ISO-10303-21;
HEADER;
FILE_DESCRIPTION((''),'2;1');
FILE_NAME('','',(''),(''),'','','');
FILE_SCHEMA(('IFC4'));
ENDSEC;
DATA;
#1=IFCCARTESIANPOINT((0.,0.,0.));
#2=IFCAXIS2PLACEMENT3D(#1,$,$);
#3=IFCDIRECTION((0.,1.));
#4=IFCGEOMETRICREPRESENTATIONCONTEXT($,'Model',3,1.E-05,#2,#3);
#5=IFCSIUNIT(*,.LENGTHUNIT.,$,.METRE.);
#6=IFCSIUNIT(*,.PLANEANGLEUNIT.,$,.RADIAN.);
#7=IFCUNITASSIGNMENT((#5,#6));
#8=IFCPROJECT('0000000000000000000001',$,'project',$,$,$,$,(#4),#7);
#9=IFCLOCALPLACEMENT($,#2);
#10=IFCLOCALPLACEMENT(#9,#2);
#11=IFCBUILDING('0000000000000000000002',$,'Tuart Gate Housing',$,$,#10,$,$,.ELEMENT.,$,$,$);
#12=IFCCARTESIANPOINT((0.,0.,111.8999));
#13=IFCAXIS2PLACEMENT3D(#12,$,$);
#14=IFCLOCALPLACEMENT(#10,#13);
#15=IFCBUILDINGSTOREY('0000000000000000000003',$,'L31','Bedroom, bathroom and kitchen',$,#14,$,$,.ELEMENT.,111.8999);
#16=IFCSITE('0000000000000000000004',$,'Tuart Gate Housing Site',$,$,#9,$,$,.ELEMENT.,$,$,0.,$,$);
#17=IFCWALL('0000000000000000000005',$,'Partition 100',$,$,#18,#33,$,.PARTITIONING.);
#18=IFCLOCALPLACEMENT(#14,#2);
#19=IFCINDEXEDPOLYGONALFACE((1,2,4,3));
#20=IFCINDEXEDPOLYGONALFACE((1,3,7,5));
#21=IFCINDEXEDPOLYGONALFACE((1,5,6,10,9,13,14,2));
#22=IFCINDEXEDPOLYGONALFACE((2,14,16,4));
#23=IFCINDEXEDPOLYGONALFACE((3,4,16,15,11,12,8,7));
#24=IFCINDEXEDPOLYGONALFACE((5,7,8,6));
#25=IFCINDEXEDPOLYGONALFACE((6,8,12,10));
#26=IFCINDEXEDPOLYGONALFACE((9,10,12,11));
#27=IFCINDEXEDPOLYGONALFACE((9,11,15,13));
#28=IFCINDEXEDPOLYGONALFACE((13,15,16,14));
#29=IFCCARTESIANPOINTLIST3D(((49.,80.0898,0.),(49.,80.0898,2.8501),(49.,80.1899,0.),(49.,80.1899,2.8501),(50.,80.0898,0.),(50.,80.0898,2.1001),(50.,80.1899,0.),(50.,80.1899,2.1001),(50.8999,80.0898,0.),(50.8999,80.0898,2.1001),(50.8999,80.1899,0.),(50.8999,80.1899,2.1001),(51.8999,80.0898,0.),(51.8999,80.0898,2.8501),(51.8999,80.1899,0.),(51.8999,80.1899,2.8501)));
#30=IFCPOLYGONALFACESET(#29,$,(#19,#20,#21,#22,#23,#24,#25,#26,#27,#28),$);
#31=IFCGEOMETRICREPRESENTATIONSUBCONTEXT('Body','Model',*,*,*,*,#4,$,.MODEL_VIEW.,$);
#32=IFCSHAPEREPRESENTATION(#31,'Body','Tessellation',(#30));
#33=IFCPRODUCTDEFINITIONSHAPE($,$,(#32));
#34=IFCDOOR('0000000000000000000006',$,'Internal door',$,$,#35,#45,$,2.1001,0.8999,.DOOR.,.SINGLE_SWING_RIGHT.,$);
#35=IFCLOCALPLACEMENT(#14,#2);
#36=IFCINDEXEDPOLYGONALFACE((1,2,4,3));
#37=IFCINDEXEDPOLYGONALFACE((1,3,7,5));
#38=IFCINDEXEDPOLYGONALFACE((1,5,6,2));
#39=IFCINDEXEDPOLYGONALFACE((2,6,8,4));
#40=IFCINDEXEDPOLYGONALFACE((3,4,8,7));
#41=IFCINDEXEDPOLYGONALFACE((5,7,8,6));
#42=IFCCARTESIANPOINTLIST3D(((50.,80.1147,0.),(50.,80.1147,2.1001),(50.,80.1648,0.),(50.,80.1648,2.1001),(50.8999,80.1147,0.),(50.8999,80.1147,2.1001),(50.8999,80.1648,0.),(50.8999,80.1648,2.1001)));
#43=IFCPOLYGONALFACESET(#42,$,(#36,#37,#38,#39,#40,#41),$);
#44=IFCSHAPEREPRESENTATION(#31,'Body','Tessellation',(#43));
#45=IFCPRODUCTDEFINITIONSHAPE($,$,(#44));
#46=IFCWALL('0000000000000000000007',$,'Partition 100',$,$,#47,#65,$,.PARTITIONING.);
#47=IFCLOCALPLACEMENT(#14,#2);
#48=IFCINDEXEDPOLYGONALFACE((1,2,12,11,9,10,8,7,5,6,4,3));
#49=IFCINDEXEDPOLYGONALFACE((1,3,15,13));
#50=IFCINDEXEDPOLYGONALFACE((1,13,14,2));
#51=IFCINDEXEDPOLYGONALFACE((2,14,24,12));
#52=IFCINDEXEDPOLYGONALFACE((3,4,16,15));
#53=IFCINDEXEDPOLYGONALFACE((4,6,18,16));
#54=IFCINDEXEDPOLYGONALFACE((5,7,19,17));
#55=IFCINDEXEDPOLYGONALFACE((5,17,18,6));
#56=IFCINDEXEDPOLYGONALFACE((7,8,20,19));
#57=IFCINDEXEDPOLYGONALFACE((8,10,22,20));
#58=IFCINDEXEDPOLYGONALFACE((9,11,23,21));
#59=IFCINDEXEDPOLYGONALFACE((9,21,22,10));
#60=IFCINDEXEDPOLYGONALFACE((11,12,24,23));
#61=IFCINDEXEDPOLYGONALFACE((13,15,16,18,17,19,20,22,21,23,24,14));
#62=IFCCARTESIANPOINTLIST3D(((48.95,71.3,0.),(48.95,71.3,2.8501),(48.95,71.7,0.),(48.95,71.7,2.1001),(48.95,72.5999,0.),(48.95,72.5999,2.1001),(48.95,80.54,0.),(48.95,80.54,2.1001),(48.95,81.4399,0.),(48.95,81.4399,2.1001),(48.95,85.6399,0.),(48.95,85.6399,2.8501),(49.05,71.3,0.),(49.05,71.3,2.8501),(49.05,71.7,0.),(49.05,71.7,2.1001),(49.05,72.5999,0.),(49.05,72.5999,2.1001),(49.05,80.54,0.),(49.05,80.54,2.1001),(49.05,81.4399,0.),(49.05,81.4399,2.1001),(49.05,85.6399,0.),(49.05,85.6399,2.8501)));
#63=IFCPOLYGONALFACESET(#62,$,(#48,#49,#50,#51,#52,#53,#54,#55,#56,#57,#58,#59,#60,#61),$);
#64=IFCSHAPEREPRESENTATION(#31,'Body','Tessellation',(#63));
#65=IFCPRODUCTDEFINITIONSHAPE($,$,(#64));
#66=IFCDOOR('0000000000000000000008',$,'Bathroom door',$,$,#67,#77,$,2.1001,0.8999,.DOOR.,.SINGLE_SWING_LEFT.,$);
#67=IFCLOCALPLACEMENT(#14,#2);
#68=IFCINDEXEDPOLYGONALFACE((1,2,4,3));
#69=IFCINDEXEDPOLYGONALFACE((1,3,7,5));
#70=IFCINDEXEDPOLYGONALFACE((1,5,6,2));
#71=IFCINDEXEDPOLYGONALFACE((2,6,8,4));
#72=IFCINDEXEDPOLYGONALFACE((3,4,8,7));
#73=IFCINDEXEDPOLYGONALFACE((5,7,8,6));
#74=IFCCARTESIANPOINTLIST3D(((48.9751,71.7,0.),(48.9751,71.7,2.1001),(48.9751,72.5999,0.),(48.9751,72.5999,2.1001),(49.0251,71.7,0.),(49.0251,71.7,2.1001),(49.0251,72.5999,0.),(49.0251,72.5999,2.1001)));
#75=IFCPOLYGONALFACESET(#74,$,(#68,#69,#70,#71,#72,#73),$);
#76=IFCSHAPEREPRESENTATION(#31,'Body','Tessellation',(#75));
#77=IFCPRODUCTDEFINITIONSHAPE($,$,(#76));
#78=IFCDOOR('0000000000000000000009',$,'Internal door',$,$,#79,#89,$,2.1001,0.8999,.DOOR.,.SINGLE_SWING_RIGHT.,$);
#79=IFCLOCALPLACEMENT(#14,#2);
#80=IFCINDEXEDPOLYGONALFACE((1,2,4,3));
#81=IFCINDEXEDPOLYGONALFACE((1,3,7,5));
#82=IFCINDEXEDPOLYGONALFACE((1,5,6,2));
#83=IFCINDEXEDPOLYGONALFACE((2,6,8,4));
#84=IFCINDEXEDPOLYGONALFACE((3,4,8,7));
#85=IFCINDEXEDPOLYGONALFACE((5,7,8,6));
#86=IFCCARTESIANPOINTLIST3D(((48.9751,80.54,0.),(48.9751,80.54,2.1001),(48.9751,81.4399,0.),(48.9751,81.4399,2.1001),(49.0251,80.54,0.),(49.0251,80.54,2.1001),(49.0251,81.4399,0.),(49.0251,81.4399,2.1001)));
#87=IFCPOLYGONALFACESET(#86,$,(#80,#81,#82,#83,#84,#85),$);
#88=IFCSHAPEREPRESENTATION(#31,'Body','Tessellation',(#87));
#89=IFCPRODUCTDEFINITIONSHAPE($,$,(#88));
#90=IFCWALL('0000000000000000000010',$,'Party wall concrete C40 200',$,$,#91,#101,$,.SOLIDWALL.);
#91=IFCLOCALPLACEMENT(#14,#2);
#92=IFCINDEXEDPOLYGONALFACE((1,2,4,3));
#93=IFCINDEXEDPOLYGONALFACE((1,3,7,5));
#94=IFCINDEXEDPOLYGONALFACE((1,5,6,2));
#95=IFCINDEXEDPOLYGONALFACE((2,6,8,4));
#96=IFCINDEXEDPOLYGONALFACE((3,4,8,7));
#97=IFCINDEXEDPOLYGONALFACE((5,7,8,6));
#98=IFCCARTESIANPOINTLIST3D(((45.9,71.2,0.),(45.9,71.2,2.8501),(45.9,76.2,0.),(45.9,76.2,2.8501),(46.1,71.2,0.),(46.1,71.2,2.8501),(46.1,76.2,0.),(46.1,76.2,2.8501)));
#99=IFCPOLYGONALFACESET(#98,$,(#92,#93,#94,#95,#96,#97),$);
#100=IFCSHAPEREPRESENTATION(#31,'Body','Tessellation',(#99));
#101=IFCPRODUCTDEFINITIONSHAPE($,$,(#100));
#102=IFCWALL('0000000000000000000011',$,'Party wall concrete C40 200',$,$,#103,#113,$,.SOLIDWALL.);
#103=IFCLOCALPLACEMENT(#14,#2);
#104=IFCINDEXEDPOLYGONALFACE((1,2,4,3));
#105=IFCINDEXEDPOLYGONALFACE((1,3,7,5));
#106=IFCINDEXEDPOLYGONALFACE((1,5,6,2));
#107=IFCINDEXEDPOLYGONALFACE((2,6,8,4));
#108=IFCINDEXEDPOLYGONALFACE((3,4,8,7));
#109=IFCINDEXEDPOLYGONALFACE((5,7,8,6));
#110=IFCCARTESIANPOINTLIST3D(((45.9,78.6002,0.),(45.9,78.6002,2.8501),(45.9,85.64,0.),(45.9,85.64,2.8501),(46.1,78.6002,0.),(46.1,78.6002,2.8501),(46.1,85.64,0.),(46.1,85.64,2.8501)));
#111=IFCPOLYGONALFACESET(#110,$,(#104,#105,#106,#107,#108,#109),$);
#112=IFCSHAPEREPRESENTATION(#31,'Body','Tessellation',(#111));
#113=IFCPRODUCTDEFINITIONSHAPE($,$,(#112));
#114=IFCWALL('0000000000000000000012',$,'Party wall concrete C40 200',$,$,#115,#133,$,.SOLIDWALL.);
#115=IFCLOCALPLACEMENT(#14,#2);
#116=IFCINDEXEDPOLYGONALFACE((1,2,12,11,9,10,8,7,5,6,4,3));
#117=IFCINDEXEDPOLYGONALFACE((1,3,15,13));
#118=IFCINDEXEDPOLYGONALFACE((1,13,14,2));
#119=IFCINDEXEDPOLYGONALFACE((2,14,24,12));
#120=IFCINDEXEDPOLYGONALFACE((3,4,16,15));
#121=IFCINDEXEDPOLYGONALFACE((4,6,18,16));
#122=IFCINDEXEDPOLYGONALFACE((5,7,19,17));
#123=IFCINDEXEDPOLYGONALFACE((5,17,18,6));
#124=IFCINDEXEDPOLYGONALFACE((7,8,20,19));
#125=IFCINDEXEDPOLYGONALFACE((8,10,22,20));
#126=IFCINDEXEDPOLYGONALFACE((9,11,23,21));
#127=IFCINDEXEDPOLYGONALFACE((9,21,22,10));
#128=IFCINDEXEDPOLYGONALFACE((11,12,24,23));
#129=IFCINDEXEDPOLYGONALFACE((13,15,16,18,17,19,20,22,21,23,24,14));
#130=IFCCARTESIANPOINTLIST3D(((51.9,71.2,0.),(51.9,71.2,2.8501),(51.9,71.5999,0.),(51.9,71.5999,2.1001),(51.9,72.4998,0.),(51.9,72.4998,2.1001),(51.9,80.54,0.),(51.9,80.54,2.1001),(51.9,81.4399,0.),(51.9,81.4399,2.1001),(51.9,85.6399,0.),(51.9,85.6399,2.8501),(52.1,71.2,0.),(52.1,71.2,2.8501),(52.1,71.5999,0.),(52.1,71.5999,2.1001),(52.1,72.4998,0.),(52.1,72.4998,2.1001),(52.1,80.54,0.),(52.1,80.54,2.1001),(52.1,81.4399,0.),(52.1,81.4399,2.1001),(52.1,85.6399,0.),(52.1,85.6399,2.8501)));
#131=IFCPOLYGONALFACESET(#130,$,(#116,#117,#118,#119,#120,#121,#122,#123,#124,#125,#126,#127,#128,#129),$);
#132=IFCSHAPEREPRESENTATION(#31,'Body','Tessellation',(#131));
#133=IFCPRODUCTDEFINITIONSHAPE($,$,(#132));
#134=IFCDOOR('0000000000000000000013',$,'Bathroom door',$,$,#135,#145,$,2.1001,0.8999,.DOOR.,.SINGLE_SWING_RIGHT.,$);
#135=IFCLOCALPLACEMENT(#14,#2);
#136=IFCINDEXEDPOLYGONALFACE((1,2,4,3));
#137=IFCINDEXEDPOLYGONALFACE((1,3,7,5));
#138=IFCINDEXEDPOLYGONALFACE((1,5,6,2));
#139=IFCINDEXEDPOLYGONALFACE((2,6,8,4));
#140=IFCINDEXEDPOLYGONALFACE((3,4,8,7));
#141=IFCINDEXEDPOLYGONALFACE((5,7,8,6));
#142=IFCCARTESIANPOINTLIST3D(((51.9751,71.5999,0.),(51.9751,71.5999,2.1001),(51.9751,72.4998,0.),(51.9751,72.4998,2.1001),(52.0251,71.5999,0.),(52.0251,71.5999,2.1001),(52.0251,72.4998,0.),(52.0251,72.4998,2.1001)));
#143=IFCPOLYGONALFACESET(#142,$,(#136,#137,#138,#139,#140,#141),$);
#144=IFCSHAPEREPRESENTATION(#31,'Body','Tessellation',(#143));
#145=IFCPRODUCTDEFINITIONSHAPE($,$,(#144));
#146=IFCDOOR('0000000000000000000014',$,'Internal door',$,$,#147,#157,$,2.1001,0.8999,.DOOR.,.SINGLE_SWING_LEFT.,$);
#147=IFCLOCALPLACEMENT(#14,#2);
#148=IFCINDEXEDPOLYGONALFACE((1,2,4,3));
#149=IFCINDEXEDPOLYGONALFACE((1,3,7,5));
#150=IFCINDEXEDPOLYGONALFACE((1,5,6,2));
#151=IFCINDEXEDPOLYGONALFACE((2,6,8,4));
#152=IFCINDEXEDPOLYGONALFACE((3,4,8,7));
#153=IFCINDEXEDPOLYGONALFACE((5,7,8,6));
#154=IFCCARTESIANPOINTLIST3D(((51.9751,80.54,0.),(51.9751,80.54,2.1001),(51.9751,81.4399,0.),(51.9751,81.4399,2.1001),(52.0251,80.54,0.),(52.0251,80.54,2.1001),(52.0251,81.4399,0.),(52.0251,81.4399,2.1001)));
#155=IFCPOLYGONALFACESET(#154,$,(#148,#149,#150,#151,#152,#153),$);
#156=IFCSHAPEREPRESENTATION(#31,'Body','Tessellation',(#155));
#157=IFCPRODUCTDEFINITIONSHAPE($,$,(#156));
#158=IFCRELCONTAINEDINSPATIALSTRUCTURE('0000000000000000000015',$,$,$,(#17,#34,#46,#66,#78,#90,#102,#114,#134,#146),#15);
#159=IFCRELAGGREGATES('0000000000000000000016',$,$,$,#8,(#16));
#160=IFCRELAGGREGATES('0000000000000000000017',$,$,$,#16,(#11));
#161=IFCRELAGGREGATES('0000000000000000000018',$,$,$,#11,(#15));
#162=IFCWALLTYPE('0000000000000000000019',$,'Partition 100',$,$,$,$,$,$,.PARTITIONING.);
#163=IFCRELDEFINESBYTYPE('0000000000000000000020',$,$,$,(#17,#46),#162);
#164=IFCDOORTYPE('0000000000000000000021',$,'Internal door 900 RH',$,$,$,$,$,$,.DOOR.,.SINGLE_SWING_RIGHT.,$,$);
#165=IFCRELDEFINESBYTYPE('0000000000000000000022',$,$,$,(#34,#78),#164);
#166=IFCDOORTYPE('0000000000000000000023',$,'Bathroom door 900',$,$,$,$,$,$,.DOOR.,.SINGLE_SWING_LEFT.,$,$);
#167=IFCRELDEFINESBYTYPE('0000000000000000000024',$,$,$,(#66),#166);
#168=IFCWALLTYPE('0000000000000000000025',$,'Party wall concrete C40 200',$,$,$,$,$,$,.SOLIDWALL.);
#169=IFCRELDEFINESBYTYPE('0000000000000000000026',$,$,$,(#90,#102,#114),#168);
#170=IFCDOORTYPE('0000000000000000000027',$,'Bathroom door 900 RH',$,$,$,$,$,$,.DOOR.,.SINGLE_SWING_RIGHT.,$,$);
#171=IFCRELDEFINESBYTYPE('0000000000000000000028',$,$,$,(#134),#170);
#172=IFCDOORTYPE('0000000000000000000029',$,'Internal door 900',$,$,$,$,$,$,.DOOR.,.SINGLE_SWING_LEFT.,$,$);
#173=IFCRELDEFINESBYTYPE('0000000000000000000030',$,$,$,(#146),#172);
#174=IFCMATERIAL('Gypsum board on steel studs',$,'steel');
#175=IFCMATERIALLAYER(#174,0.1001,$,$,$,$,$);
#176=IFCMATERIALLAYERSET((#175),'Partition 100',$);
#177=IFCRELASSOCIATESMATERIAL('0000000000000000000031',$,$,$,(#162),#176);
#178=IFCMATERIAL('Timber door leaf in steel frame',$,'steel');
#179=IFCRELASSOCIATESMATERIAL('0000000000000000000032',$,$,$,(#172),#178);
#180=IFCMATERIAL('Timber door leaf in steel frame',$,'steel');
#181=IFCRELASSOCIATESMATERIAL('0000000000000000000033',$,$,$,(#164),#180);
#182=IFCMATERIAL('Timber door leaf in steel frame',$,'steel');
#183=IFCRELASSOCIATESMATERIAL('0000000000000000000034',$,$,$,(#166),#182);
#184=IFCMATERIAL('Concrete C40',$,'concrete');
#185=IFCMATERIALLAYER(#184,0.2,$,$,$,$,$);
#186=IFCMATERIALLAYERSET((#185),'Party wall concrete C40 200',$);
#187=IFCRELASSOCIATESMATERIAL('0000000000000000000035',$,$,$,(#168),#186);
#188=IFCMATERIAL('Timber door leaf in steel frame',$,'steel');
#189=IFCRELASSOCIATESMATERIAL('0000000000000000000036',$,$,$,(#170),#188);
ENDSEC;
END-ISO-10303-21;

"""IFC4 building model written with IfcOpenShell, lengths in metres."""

from ifc_helpers import new_model, si_unit, direction, frame, frame_2d, origin, place, context, subcontext, project, spatial, rectangle, extrude, material, layer, layer_set, type_object, element, fill, save


model = new_model("IFC4")

# Units and contexts
model_context = context("Model", 3, precision=1e-05, world=origin(), true_north=direction((0.0, 1.0)))
body_context = subcontext(model_context, "Body", "Model", "MODEL_VIEW")
ifc_project = project(units=[si_unit("LENGTHUNIT", "METRE"), si_unit("PLANEANGLEUNIT", "RADIAN")], contexts=[model_context])

# Site, building, storey
site_placement = place(None, origin())
site = spatial("IfcSite", under=ifc_project, at=site_placement, Name="Tuart Gate Housing Site", CompositionType="ELEMENT", RefElevation=0.0)
building_placement = place(site_placement, origin())
building = spatial("IfcBuilding", under=site, at=building_placement, Name="Tuart Gate Housing", CompositionType="ELEMENT")
storey_placement = place(building_placement, frame((0.0, 0.0, 111.8999)))
storey = spatial("IfcBuildingStorey", under=building, at=storey_placement, Name="L31", Description="Bedroom, bathroom and kitchen", CompositionType="ELEMENT", Elevation=111.8999)

# Shared definitions
ifc_material_1 = material(Name="Gypsum board on steel studs", Category="steel")
ifc_layer_1 = layer(ifc_material_1, 0.1001)
ifc_layer_set_1 = layer_set([ifc_layer_1], Name="Partition 100")
wall_type_1 = type_object("IfcWallType", Name="Partition 100", PredefinedType="PARTITIONING", material=ifc_layer_set_1)

# Wall, opening, door
ifc_material_2 = material(Name="Timber door leaf in steel frame", Category="steel")
door_type_1 = type_object("IfcDoorType", Name="Internal door 900", OperationType="SINGLE_SWING_LEFT", PredefinedType="DOOR", material=ifc_material_2)
wall_1_placement = place(storey_placement, frame((49.0, 80.1399, 0.0), z_axis=(0.0, 0.0, 1.0), x_axis=(1.0, 0.0, 0.0)))
wall_1 = element("IfcWall", 1, at=wall_1_placement, inside=storey, type_object=wall_type_1, Name="Partition 100", PredefinedType="PARTITIONING", context=body_context, shape_type="SweptSolid", body=[
    extrude(rectangle(XDim=2.8999, YDim=0.1001, at=frame_2d((1.45, 0.0))), origin(), (0.0, 0.0, 1.0), 2.8501),
])
opening_1_placement = place(wall_1_placement, frame((1.0, 0.0, 0.0)))
opening_1 = element("IfcOpeningElement", 2, at=opening_1_placement, cuts=wall_1, PredefinedType="OPENING", context=body_context, shape_type="SweptSolid", body=[
    extrude(rectangle(XDim=0.8999, YDim=2.1001, at=frame_2d((0.45, 1.05))), frame((0.0, 0.0601, 0.0), z_axis=(0.0, -1.0, 0.0), x_axis=(1.0, 0.0, 0.0)), (0.0, 0.0, 1.0), 0.1201),
])
ifc_material_3 = material(Name="Timber door leaf in steel frame", Category="steel")
door_type_2 = type_object("IfcDoorType", Name="Internal door 900 RH", OperationType="SINGLE_SWING_RIGHT", PredefinedType="DOOR", material=ifc_material_3)
door_1_placement = place(opening_1_placement, frame((0.8999, 0.0, 0.0), z_axis=(0.0, 0.0, 1.0), x_axis=(-1.0, 0.0, 0.0)))
door_1 = element("IfcDoor", 3, at=door_1_placement, inside=storey, type_object=door_type_2, Name="Internal door", OperationType="SINGLE_SWING_RIGHT", OverallHeight=2.1001, OverallWidth=0.8999, PredefinedType="DOOR", context=body_context, shape_type="SweptSolid", body=[
    extrude(rectangle(XDim=0.8999, YDim=2.1001, at=frame_2d((0.45, 1.05))), frame((0.0, 0.0251, 0.0), z_axis=(0.0, -1.0, 0.0), x_axis=(1.0, 0.0, 0.0)), (0.0, 0.0, 1.0), 0.05),
])
fill(opening_1, door_1)

# Wall, openings, doors
wall_2_placement = place(storey_placement, frame((49.0, 71.3, 0.0), z_axis=(0.0, 0.0, 1.0), x_axis=(0.0, 1.0, 0.0)))
wall_2 = element("IfcWall", 4, at=wall_2_placement, inside=storey, type_object=wall_type_1, Name="Partition 100", PredefinedType="PARTITIONING", context=body_context, shape_type="SweptSolid", body=[
    extrude(rectangle(XDim=14.3398, YDim=0.1001, at=frame_2d((7.1699, 0.0))), origin(), (0.0, 0.0, 1.0), 2.8501),
])
opening_2_placement = place(wall_2_placement, frame((9.24, 0.0, 0.0)))
opening_2 = element("IfcOpeningElement", 5, at=opening_2_placement, cuts=wall_2, PredefinedType="OPENING", context=body_context, shape_type="SweptSolid", body=[
    extrude(rectangle(XDim=0.8999, YDim=2.1001, at=frame_2d((0.45, 1.05))), frame((0.0, 0.0601, 0.0), z_axis=(0.0, -1.0, 0.0), x_axis=(1.0, 0.0, 0.0)), (0.0, 0.0, 1.0), 0.1201),
])
opening_3_placement = place(wall_2_placement, frame((0.3999, 0.0, 0.0)))
opening_3 = element("IfcOpeningElement", 6, at=opening_3_placement, cuts=wall_2, PredefinedType="OPENING", context=body_context, shape_type="SweptSolid", body=[
    extrude(rectangle(XDim=0.8999, YDim=2.1001, at=frame_2d((0.45, 1.05))), frame((0.0, 0.0601, 0.0), z_axis=(0.0, -1.0, 0.0), x_axis=(1.0, 0.0, 0.0)), (0.0, 0.0, 1.0), 0.1201),
])
ifc_material_4 = material(Name="Timber door leaf in steel frame", Category="steel")
door_type_3 = type_object("IfcDoorType", Name="Bathroom door 900", OperationType="SINGLE_SWING_LEFT", PredefinedType="DOOR", material=ifc_material_4)
door_2_placement = place(opening_3_placement, origin())
door_2 = element("IfcDoor", 7, at=door_2_placement, inside=storey, type_object=door_type_3, Name="Bathroom door", OperationType="SINGLE_SWING_LEFT", OverallHeight=2.1001, OverallWidth=0.8999, PredefinedType="DOOR", context=body_context, shape_type="SweptSolid", body=[
    extrude(rectangle(XDim=0.8999, YDim=2.1001, at=frame_2d((0.45, 1.05))), frame((0.0, 0.0249, 0.0), z_axis=(0.0, -1.0, 0.0), x_axis=(1.0, 0.0, 0.0)), (0.0, 0.0, 1.0), 0.05),
])
fill(opening_3, door_2)
door_3_placement = place(opening_2_placement, origin())
door_3 = element("IfcDoor", 8, at=door_3_placement, inside=storey, type_object=door_type_2, Name="Internal door", OperationType="SINGLE_SWING_RIGHT", OverallHeight=2.1001, OverallWidth=0.8999, PredefinedType="DOOR", context=body_context, shape_type="SweptSolid", body=[
    extrude(rectangle(XDim=0.8999, YDim=2.1001, at=frame_2d((0.45, 1.05))), frame((0.0, 0.0249, 0.0), z_axis=(0.0, -1.0, 0.0), x_axis=(1.0, 0.0, 0.0)), (0.0, 0.0, 1.0), 0.05),
])
fill(opening_2, door_3)

# Walls
ifc_material_5 = material(Name="Concrete C40", Category="concrete")
ifc_layer_2 = layer(ifc_material_5, 0.2)
ifc_layer_set_2 = layer_set([ifc_layer_2], Name="Party wall concrete C40 200")
wall_type_2 = type_object("IfcWallType", Name="Party wall concrete C40 200", PredefinedType="SOLIDWALL", material=ifc_layer_set_2)
wall_3_placement = place(storey_placement, frame((46.0, 71.2, 0.0), z_axis=(0.0, 0.0, 1.0), x_axis=(0.0, 1.0, 0.0)))
element("IfcWall", 9, at=wall_3_placement, inside=storey, type_object=wall_type_2, Name="Party wall concrete C40 200", PredefinedType="SOLIDWALL", context=body_context, shape_type="SweptSolid", body=[
    extrude(rectangle(XDim=5.0, YDim=0.2, at=frame_2d((2.5, 0.0))), origin(), (0.0, 0.0, 1.0), 2.8501),
])
wall_4_placement = place(storey_placement, frame((46.0, 78.6001, 0.0), z_axis=(0.0, 0.0, 1.0), x_axis=(0.0, 1.0, 0.0)))
element("IfcWall", 10, at=wall_4_placement, inside=storey, type_object=wall_type_2, Name="Party wall concrete C40 200", PredefinedType="SOLIDWALL", context=body_context, shape_type="SweptSolid", body=[
    extrude(rectangle(XDim=7.0398, YDim=0.2, at=frame_2d((3.52, 0.0))), origin(), (0.0, 0.0, 1.0), 2.8501),
])

# Wall, openings, doors
wall_5_placement = place(storey_placement, frame((52.0, 71.2, 0.0), z_axis=(0.0, 0.0, 1.0), x_axis=(0.0, 1.0, 0.0)))
wall_5 = element("IfcWall", 11, at=wall_5_placement, inside=storey, type_object=wall_type_2, Name="Party wall concrete C40 200", PredefinedType="SOLIDWALL", context=body_context, shape_type="SweptSolid", body=[
    extrude(rectangle(XDim=14.4399, YDim=0.2, at=frame_2d((7.22, 0.0))), origin(), (0.0, 0.0, 1.0), 2.8501),
])
opening_4_placement = place(wall_5_placement, frame((9.3401, 0.0, 0.0)))
opening_4 = element("IfcOpeningElement", 12, at=opening_4_placement, cuts=wall_5, PredefinedType="OPENING", context=body_context, shape_type="SweptSolid", body=[
    extrude(rectangle(XDim=0.8999, YDim=2.1001, at=frame_2d((0.45, 1.05))), frame((0.0, 0.1099, 0.0), z_axis=(0.0, -1.0, 0.0), x_axis=(1.0, 0.0, 0.0)), (0.0, 0.0, 1.0), 0.22),
])
opening_5_placement = place(wall_5_placement, frame((0.3999, 0.0, 0.0)))
opening_5 = element("IfcOpeningElement", 13, at=opening_5_placement, cuts=wall_5, PredefinedType="OPENING", context=body_context, shape_type="SweptSolid", body=[
    extrude(rectangle(XDim=0.8999, YDim=2.1001, at=frame_2d((0.45, 1.05))), frame((0.0, 0.1099, 0.0), z_axis=(0.0, -1.0, 0.0), x_axis=(1.0, 0.0, 0.0)), (0.0, 0.0, 1.0), 0.22),
])
ifc_material_6 = material(Name="Timber door leaf in steel frame", Category="steel")
door_type_4 = type_object("IfcDoorType", Name="Bathroom door 900 RH", OperationType="SINGLE_SWING_RIGHT", PredefinedType="DOOR", material=ifc_material_6)
door_4_placement = place(opening_5_placement, frame((0.8999, 0.0, 0.0), z_axis=(0.0, 0.0, 1.0), x_axis=(-1.0, 0.0, 0.0)))
door_4 = element("IfcDoor", 14, at=door_4_placement, inside=storey, type_object=door_type_4, Name="Bathroom door", OperationType="SINGLE_SWING_RIGHT", OverallHeight=2.1001, OverallWidth=0.8999, PredefinedType="DOOR", context=body_context, shape_type="SweptSolid", body=[
    extrude(rectangle(XDim=0.8999, YDim=2.1001, at=frame_2d((0.45, 1.05))), frame((0.0, 0.0251, 0.0), z_axis=(0.0, -1.0, 0.0), x_axis=(1.0, 0.0, 0.0)), (0.0, 0.0, 1.0), 0.05),
])
fill(opening_5, door_4)
door_5_placement = place(opening_4_placement, frame((0.8999, 0.0, 0.0), z_axis=(0.0, 0.0, 1.0), x_axis=(-1.0, 0.0, 0.0)))
door_5 = element("IfcDoor", 15, at=door_5_placement, inside=storey, type_object=door_type_1, Name="Internal door", OperationType="SINGLE_SWING_LEFT", OverallHeight=2.1001, OverallWidth=0.8999, PredefinedType="DOOR", context=body_context, shape_type="SweptSolid", body=[
    extrude(rectangle(XDim=0.8999, YDim=2.1001, at=frame_2d((0.45, 1.05))), frame((0.0, 0.0251, 0.0), z_axis=(0.0, -1.0, 0.0), x_axis=(1.0, 0.0, 0.0)), (0.0, 0.0, 1.0), 0.05),
])
fill(opening_4, door_5)

save(model, "model.ifc")
